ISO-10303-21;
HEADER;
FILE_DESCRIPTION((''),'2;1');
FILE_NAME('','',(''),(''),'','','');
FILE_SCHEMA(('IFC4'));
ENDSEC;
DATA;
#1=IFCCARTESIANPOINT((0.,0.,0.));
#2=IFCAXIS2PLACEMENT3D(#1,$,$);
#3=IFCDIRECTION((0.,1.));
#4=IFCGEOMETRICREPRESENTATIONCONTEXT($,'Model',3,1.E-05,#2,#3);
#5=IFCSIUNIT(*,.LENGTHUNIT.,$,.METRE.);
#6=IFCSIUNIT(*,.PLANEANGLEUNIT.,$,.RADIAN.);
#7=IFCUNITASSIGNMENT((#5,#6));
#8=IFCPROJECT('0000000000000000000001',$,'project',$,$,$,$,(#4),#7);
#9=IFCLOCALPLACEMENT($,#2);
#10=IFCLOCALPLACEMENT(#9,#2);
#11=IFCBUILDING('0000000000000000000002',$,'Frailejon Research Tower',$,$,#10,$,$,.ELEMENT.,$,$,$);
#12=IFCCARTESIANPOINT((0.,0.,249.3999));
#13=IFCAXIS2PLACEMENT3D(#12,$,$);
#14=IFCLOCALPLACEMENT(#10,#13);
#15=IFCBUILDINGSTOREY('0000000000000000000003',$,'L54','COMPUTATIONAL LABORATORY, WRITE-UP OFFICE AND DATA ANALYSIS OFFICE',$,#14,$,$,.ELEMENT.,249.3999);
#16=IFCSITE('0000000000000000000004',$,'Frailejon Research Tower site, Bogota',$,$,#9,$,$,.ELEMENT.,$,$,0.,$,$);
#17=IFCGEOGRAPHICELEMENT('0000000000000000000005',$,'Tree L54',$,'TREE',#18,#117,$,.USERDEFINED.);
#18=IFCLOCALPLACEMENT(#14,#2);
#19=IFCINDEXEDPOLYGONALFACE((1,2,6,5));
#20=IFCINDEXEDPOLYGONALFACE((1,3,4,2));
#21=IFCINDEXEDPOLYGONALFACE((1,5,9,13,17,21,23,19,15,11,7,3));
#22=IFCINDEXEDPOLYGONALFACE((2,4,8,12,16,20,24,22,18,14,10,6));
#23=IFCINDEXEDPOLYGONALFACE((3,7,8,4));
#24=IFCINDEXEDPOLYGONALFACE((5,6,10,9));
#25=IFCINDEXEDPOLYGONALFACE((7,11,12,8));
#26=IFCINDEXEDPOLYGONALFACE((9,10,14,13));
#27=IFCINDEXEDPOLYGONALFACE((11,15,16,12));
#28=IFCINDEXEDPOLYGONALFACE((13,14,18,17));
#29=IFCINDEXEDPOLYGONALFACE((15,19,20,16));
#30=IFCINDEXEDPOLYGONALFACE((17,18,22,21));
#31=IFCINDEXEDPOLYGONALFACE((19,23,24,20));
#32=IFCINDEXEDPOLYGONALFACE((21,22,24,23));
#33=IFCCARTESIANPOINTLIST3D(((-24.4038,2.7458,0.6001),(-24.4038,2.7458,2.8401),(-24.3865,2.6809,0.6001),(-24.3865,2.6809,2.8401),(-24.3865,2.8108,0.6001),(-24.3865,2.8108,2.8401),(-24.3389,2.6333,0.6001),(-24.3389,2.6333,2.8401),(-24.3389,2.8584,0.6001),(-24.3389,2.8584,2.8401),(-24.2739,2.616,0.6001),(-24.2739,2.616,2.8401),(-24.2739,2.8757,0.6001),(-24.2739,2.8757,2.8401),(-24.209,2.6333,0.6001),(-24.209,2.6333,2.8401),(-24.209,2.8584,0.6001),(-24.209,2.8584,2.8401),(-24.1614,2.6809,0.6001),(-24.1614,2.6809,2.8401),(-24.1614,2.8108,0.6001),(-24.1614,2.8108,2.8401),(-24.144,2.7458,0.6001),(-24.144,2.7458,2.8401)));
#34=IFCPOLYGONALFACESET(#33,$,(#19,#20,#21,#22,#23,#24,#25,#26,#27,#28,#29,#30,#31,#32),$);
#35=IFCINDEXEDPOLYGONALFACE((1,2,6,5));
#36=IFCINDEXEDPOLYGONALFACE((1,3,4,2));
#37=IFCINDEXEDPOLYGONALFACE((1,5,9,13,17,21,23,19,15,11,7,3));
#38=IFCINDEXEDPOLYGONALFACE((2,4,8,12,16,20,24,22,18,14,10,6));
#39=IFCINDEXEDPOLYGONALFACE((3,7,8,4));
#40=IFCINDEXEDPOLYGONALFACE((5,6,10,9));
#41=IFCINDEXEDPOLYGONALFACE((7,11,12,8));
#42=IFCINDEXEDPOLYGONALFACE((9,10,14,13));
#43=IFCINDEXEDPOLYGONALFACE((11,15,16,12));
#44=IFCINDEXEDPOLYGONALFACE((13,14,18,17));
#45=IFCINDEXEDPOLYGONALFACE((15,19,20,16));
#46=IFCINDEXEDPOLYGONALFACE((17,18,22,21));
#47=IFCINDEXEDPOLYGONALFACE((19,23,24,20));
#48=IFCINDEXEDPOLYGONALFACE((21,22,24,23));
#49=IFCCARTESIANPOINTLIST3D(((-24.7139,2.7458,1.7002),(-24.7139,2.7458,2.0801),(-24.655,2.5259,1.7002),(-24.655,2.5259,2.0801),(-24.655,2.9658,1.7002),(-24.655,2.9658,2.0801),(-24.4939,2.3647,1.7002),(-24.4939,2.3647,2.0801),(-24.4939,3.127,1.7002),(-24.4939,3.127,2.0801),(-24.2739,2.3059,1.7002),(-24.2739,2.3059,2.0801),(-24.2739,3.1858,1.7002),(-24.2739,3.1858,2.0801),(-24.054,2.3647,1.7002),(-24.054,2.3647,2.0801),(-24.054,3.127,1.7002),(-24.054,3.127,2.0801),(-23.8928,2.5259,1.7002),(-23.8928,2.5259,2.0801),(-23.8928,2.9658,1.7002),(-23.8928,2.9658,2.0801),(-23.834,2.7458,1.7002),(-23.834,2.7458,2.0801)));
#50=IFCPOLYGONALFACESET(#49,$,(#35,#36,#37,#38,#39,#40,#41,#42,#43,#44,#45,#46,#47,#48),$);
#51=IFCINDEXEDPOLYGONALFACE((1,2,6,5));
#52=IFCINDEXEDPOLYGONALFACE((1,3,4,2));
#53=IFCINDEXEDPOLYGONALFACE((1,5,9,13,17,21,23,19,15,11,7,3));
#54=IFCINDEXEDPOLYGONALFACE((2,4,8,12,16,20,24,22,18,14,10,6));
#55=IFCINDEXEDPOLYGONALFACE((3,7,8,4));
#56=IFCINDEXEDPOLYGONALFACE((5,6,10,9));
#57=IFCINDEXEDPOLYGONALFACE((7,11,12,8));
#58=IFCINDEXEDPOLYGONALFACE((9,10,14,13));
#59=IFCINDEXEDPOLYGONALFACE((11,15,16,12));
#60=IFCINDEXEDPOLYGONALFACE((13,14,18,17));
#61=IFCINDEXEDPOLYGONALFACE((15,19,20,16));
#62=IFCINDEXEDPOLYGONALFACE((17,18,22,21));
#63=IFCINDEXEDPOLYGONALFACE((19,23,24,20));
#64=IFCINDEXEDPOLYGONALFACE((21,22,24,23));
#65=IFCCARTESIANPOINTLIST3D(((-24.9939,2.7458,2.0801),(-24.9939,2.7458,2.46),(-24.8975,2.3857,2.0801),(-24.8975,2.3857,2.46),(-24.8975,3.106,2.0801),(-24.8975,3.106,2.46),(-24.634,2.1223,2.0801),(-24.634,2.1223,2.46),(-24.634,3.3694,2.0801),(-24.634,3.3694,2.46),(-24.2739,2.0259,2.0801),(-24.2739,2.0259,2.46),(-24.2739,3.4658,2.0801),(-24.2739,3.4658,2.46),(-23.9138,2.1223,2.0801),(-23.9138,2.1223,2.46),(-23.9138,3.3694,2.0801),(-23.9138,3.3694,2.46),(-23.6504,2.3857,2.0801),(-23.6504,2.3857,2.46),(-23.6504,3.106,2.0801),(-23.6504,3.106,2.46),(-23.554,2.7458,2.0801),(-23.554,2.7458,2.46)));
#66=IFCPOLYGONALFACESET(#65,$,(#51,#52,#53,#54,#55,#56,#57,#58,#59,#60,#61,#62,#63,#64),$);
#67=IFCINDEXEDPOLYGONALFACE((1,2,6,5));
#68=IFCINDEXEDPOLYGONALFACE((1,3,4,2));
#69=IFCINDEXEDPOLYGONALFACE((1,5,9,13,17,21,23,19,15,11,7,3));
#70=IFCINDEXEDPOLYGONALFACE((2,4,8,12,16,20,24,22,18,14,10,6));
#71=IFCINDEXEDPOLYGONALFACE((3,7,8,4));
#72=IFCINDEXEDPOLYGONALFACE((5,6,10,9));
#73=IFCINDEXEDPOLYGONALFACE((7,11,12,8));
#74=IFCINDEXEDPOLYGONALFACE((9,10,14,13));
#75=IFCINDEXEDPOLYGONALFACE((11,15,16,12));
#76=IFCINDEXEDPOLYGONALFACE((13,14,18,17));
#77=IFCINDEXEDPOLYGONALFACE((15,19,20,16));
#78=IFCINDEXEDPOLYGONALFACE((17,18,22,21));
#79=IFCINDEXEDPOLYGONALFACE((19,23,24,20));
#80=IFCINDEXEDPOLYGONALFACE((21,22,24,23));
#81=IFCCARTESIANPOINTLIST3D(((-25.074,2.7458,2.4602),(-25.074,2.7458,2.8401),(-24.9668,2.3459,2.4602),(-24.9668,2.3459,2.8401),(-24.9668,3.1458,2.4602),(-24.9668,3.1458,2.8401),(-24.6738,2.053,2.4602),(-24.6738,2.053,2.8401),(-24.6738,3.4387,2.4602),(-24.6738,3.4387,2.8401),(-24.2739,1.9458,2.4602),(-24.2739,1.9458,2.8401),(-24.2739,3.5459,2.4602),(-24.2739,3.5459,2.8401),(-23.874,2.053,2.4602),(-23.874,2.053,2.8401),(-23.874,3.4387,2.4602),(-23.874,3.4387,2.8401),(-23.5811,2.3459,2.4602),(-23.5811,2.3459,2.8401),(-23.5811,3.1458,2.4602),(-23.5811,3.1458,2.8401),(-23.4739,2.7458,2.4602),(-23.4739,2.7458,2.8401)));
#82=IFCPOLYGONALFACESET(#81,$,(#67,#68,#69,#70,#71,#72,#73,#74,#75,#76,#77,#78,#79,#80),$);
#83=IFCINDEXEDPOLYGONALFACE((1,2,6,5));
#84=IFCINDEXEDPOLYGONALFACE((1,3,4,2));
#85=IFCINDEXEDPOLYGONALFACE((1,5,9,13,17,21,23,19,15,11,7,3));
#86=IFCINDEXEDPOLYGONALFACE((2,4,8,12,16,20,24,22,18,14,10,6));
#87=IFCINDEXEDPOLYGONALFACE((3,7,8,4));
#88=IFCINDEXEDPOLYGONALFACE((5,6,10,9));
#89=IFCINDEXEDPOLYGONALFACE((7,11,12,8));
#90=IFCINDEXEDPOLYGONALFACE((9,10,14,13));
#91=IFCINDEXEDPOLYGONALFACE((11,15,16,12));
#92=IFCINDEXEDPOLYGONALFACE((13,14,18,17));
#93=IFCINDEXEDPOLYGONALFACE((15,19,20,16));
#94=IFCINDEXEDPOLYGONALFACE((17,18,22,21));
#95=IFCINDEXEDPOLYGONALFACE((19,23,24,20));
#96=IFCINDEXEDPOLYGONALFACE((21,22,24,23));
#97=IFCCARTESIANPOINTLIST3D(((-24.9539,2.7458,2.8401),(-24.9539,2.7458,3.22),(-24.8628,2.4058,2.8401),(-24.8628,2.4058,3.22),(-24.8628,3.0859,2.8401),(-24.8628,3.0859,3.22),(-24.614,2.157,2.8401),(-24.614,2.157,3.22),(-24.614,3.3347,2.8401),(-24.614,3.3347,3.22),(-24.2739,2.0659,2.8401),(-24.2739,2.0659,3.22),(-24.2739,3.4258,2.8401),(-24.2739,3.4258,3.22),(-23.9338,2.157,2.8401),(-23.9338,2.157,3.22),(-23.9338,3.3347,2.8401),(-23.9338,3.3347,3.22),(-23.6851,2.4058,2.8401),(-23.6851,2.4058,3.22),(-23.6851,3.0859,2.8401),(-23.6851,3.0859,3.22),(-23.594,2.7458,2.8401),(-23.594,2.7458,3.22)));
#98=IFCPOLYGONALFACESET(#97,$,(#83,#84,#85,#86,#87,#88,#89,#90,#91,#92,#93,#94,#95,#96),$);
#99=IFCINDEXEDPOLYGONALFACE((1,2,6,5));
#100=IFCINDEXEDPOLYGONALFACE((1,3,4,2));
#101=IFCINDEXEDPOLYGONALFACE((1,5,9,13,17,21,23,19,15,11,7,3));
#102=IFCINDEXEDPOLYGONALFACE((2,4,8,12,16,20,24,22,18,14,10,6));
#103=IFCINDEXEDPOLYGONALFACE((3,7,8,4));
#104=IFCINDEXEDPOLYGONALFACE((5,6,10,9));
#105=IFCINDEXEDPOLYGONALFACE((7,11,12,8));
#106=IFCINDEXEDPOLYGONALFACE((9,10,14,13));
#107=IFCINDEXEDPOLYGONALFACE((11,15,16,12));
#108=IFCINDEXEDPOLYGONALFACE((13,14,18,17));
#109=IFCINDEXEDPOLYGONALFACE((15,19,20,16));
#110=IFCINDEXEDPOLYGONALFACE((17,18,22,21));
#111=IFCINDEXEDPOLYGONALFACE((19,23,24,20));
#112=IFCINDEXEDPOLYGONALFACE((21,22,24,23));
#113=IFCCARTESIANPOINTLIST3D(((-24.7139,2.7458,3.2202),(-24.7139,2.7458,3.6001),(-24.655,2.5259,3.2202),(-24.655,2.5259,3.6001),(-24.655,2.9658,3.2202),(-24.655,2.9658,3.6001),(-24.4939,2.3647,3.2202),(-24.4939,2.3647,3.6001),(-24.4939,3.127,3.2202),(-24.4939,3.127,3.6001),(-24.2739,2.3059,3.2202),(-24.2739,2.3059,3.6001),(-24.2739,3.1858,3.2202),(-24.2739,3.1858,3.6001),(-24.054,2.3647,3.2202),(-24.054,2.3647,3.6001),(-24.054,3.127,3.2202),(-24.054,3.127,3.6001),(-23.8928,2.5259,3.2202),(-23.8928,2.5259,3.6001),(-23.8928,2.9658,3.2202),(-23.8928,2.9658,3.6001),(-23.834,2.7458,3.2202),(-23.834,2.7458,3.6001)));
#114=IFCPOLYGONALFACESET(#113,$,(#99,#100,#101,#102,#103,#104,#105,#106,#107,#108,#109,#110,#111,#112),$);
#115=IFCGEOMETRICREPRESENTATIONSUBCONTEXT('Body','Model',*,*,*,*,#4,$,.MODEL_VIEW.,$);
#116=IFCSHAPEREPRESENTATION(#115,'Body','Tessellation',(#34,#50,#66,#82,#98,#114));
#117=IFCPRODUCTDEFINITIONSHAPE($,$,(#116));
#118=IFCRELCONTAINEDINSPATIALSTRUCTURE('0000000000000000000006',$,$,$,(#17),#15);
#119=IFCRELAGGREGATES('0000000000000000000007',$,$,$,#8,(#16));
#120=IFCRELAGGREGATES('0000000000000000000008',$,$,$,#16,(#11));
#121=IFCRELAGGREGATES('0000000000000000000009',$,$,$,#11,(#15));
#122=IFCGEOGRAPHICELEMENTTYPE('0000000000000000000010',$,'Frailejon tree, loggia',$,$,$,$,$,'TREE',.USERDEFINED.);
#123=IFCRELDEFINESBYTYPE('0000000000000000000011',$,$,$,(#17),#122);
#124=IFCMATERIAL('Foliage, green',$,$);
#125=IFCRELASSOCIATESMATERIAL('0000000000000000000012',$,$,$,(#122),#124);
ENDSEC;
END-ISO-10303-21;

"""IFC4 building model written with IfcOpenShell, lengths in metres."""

from ifc_helpers import new_model, si_unit, direction, frame, origin, place, context, subcontext, project, spatial, polyline, outline, extrude, material, type_object, element, save


model = new_model("IFC4")

# Units and contexts
model_context = context("Model", 3, precision=1e-05, world=origin(), true_north=direction((0.0, 1.0)))
body_context = subcontext(model_context, "Body", "Model", "MODEL_VIEW")
ifc_project = project(units=[si_unit("LENGTHUNIT", "METRE"), si_unit("PLANEANGLEUNIT", "RADIAN")], contexts=[model_context])

# Site, building, storey
site_placement = place(None, origin())
site = spatial("IfcSite", under=ifc_project, at=site_placement, Name="Frailejon Research Tower site, Bogota", CompositionType="ELEMENT", RefElevation=0.0)
building_placement = place(site_placement, origin())
building = spatial("IfcBuilding", under=site, at=building_placement, Name="Frailejon Research Tower", CompositionType="ELEMENT")
storey_placement = place(building_placement, frame((0.0, 0.0, 249.3999)))
storey = spatial("IfcBuildingStorey", under=building, at=storey_placement, Name="L54", Description="COMPUTATIONAL LABORATORY, WRITE-UP OFFICE AND DATA ANALYSIS OFFICE", CompositionType="ELEMENT", Elevation=249.3999)

# Geographic element
ifc_material_1 = material(Name="Foliage, green")
geographic_element_type = type_object("IfcGeographicElementType", Name="Frailejon tree, loggia", ElementType="TREE", PredefinedType="USERDEFINED", material=ifc_material_1)
geographic_element_placement = place(storey_placement, frame((-24.2739, 2.7458, 0.6001)))
element("IfcGeographicElement", 1, at=geographic_element_placement, inside=storey, type_object=geographic_element_type, Name="Tree L54", ObjectType="TREE", PredefinedType="USERDEFINED", context=body_context, shape_type="SweptSolid", body=[
    extrude(outline(polyline([(0.1299, 0.0), (0.1125, 0.0649), (0.0649, 0.1125), (0.0, 0.1299), (-0.0649, 0.1125), (-0.1125, 0.0649), (-0.1299, 0.0), (-0.1125, -0.0649), (-0.0649, -0.1125), (0.0, -0.1299), (0.0649, -0.1125), (0.1125, -0.0649), (0.1299, 0.0)])), origin(), (0.0, 0.0, 1.0), 2.24),
    extrude(outline(polyline([(0.4399, 0.0), (0.3811, 0.22), (0.22, 0.3811), (0.0, 0.4399), (-0.22, 0.3811), (-0.3811, 0.22), (-0.4399, 0.0), (-0.3811, -0.22), (-0.22, -0.3811), (0.0, -0.4399), (0.22, -0.3811), (0.3811, -0.22), (0.4399, 0.0)])), frame((0.0, 0.0, 1.1001)), (0.0, 0.0, 1.0), 0.3799),
    extrude(outline(polyline([(0.72, 0.0), (0.6235, 0.3601), (0.3601, 0.6235), (0.0, 0.72), (-0.3601, 0.6235), (-0.6235, 0.3601), (-0.72, 0.0), (-0.6235, -0.3601), (-0.3601, -0.6235), (0.0, -0.72), (0.3601, -0.6235), (0.6235, -0.3601), (0.72, 0.0)])), frame((0.0, 0.0, 1.48)), (0.0, 0.0, 1.0), 0.3799),
    extrude(outline(polyline([(0.8, 0.0), (0.6929, 0.3999), (0.3999, 0.6929), (0.0, 0.8), (-0.3999, 0.6929), (-0.6929, 0.3999), (-0.8, 0.0), (-0.6929, -0.3999), (-0.3999, -0.6929), (0.0, -0.8), (0.3999, -0.6929), (0.6929, -0.3999), (0.8, 0.0)])), frame((0.0, 0.0, 1.8601)), (0.0, 0.0, 1.0), 0.3799),
    extrude(outline(polyline([(0.6799, 0.0), (0.5889, 0.3401), (0.3401, 0.5889), (0.0, 0.6799), (-0.3401, 0.5889), (-0.5889, 0.3401), (-0.6799, 0.0), (-0.5889, -0.3401), (-0.3401, -0.5889), (0.0, -0.6799), (0.3401, -0.5889), (0.5889, -0.3401), (0.6799, 0.0)])), frame((0.0, 0.0, 2.24)), (0.0, 0.0, 1.0), 0.3799),
    extrude(outline(polyline([(0.4399, 0.0), (0.3811, 0.22), (0.22, 0.3811), (0.0, 0.4399), (-0.22, 0.3811), (-0.3811, 0.22), (-0.4399, 0.0), (-0.3811, -0.22), (-0.22, -0.3811), (0.0, -0.4399), (0.22, -0.3811), (0.3811, -0.22), (0.4399, 0.0)])), frame((0.0, 0.0, 2.6201)), (0.0, 0.0, 1.0), 0.3799),
])

save(model, "model.ifc")
